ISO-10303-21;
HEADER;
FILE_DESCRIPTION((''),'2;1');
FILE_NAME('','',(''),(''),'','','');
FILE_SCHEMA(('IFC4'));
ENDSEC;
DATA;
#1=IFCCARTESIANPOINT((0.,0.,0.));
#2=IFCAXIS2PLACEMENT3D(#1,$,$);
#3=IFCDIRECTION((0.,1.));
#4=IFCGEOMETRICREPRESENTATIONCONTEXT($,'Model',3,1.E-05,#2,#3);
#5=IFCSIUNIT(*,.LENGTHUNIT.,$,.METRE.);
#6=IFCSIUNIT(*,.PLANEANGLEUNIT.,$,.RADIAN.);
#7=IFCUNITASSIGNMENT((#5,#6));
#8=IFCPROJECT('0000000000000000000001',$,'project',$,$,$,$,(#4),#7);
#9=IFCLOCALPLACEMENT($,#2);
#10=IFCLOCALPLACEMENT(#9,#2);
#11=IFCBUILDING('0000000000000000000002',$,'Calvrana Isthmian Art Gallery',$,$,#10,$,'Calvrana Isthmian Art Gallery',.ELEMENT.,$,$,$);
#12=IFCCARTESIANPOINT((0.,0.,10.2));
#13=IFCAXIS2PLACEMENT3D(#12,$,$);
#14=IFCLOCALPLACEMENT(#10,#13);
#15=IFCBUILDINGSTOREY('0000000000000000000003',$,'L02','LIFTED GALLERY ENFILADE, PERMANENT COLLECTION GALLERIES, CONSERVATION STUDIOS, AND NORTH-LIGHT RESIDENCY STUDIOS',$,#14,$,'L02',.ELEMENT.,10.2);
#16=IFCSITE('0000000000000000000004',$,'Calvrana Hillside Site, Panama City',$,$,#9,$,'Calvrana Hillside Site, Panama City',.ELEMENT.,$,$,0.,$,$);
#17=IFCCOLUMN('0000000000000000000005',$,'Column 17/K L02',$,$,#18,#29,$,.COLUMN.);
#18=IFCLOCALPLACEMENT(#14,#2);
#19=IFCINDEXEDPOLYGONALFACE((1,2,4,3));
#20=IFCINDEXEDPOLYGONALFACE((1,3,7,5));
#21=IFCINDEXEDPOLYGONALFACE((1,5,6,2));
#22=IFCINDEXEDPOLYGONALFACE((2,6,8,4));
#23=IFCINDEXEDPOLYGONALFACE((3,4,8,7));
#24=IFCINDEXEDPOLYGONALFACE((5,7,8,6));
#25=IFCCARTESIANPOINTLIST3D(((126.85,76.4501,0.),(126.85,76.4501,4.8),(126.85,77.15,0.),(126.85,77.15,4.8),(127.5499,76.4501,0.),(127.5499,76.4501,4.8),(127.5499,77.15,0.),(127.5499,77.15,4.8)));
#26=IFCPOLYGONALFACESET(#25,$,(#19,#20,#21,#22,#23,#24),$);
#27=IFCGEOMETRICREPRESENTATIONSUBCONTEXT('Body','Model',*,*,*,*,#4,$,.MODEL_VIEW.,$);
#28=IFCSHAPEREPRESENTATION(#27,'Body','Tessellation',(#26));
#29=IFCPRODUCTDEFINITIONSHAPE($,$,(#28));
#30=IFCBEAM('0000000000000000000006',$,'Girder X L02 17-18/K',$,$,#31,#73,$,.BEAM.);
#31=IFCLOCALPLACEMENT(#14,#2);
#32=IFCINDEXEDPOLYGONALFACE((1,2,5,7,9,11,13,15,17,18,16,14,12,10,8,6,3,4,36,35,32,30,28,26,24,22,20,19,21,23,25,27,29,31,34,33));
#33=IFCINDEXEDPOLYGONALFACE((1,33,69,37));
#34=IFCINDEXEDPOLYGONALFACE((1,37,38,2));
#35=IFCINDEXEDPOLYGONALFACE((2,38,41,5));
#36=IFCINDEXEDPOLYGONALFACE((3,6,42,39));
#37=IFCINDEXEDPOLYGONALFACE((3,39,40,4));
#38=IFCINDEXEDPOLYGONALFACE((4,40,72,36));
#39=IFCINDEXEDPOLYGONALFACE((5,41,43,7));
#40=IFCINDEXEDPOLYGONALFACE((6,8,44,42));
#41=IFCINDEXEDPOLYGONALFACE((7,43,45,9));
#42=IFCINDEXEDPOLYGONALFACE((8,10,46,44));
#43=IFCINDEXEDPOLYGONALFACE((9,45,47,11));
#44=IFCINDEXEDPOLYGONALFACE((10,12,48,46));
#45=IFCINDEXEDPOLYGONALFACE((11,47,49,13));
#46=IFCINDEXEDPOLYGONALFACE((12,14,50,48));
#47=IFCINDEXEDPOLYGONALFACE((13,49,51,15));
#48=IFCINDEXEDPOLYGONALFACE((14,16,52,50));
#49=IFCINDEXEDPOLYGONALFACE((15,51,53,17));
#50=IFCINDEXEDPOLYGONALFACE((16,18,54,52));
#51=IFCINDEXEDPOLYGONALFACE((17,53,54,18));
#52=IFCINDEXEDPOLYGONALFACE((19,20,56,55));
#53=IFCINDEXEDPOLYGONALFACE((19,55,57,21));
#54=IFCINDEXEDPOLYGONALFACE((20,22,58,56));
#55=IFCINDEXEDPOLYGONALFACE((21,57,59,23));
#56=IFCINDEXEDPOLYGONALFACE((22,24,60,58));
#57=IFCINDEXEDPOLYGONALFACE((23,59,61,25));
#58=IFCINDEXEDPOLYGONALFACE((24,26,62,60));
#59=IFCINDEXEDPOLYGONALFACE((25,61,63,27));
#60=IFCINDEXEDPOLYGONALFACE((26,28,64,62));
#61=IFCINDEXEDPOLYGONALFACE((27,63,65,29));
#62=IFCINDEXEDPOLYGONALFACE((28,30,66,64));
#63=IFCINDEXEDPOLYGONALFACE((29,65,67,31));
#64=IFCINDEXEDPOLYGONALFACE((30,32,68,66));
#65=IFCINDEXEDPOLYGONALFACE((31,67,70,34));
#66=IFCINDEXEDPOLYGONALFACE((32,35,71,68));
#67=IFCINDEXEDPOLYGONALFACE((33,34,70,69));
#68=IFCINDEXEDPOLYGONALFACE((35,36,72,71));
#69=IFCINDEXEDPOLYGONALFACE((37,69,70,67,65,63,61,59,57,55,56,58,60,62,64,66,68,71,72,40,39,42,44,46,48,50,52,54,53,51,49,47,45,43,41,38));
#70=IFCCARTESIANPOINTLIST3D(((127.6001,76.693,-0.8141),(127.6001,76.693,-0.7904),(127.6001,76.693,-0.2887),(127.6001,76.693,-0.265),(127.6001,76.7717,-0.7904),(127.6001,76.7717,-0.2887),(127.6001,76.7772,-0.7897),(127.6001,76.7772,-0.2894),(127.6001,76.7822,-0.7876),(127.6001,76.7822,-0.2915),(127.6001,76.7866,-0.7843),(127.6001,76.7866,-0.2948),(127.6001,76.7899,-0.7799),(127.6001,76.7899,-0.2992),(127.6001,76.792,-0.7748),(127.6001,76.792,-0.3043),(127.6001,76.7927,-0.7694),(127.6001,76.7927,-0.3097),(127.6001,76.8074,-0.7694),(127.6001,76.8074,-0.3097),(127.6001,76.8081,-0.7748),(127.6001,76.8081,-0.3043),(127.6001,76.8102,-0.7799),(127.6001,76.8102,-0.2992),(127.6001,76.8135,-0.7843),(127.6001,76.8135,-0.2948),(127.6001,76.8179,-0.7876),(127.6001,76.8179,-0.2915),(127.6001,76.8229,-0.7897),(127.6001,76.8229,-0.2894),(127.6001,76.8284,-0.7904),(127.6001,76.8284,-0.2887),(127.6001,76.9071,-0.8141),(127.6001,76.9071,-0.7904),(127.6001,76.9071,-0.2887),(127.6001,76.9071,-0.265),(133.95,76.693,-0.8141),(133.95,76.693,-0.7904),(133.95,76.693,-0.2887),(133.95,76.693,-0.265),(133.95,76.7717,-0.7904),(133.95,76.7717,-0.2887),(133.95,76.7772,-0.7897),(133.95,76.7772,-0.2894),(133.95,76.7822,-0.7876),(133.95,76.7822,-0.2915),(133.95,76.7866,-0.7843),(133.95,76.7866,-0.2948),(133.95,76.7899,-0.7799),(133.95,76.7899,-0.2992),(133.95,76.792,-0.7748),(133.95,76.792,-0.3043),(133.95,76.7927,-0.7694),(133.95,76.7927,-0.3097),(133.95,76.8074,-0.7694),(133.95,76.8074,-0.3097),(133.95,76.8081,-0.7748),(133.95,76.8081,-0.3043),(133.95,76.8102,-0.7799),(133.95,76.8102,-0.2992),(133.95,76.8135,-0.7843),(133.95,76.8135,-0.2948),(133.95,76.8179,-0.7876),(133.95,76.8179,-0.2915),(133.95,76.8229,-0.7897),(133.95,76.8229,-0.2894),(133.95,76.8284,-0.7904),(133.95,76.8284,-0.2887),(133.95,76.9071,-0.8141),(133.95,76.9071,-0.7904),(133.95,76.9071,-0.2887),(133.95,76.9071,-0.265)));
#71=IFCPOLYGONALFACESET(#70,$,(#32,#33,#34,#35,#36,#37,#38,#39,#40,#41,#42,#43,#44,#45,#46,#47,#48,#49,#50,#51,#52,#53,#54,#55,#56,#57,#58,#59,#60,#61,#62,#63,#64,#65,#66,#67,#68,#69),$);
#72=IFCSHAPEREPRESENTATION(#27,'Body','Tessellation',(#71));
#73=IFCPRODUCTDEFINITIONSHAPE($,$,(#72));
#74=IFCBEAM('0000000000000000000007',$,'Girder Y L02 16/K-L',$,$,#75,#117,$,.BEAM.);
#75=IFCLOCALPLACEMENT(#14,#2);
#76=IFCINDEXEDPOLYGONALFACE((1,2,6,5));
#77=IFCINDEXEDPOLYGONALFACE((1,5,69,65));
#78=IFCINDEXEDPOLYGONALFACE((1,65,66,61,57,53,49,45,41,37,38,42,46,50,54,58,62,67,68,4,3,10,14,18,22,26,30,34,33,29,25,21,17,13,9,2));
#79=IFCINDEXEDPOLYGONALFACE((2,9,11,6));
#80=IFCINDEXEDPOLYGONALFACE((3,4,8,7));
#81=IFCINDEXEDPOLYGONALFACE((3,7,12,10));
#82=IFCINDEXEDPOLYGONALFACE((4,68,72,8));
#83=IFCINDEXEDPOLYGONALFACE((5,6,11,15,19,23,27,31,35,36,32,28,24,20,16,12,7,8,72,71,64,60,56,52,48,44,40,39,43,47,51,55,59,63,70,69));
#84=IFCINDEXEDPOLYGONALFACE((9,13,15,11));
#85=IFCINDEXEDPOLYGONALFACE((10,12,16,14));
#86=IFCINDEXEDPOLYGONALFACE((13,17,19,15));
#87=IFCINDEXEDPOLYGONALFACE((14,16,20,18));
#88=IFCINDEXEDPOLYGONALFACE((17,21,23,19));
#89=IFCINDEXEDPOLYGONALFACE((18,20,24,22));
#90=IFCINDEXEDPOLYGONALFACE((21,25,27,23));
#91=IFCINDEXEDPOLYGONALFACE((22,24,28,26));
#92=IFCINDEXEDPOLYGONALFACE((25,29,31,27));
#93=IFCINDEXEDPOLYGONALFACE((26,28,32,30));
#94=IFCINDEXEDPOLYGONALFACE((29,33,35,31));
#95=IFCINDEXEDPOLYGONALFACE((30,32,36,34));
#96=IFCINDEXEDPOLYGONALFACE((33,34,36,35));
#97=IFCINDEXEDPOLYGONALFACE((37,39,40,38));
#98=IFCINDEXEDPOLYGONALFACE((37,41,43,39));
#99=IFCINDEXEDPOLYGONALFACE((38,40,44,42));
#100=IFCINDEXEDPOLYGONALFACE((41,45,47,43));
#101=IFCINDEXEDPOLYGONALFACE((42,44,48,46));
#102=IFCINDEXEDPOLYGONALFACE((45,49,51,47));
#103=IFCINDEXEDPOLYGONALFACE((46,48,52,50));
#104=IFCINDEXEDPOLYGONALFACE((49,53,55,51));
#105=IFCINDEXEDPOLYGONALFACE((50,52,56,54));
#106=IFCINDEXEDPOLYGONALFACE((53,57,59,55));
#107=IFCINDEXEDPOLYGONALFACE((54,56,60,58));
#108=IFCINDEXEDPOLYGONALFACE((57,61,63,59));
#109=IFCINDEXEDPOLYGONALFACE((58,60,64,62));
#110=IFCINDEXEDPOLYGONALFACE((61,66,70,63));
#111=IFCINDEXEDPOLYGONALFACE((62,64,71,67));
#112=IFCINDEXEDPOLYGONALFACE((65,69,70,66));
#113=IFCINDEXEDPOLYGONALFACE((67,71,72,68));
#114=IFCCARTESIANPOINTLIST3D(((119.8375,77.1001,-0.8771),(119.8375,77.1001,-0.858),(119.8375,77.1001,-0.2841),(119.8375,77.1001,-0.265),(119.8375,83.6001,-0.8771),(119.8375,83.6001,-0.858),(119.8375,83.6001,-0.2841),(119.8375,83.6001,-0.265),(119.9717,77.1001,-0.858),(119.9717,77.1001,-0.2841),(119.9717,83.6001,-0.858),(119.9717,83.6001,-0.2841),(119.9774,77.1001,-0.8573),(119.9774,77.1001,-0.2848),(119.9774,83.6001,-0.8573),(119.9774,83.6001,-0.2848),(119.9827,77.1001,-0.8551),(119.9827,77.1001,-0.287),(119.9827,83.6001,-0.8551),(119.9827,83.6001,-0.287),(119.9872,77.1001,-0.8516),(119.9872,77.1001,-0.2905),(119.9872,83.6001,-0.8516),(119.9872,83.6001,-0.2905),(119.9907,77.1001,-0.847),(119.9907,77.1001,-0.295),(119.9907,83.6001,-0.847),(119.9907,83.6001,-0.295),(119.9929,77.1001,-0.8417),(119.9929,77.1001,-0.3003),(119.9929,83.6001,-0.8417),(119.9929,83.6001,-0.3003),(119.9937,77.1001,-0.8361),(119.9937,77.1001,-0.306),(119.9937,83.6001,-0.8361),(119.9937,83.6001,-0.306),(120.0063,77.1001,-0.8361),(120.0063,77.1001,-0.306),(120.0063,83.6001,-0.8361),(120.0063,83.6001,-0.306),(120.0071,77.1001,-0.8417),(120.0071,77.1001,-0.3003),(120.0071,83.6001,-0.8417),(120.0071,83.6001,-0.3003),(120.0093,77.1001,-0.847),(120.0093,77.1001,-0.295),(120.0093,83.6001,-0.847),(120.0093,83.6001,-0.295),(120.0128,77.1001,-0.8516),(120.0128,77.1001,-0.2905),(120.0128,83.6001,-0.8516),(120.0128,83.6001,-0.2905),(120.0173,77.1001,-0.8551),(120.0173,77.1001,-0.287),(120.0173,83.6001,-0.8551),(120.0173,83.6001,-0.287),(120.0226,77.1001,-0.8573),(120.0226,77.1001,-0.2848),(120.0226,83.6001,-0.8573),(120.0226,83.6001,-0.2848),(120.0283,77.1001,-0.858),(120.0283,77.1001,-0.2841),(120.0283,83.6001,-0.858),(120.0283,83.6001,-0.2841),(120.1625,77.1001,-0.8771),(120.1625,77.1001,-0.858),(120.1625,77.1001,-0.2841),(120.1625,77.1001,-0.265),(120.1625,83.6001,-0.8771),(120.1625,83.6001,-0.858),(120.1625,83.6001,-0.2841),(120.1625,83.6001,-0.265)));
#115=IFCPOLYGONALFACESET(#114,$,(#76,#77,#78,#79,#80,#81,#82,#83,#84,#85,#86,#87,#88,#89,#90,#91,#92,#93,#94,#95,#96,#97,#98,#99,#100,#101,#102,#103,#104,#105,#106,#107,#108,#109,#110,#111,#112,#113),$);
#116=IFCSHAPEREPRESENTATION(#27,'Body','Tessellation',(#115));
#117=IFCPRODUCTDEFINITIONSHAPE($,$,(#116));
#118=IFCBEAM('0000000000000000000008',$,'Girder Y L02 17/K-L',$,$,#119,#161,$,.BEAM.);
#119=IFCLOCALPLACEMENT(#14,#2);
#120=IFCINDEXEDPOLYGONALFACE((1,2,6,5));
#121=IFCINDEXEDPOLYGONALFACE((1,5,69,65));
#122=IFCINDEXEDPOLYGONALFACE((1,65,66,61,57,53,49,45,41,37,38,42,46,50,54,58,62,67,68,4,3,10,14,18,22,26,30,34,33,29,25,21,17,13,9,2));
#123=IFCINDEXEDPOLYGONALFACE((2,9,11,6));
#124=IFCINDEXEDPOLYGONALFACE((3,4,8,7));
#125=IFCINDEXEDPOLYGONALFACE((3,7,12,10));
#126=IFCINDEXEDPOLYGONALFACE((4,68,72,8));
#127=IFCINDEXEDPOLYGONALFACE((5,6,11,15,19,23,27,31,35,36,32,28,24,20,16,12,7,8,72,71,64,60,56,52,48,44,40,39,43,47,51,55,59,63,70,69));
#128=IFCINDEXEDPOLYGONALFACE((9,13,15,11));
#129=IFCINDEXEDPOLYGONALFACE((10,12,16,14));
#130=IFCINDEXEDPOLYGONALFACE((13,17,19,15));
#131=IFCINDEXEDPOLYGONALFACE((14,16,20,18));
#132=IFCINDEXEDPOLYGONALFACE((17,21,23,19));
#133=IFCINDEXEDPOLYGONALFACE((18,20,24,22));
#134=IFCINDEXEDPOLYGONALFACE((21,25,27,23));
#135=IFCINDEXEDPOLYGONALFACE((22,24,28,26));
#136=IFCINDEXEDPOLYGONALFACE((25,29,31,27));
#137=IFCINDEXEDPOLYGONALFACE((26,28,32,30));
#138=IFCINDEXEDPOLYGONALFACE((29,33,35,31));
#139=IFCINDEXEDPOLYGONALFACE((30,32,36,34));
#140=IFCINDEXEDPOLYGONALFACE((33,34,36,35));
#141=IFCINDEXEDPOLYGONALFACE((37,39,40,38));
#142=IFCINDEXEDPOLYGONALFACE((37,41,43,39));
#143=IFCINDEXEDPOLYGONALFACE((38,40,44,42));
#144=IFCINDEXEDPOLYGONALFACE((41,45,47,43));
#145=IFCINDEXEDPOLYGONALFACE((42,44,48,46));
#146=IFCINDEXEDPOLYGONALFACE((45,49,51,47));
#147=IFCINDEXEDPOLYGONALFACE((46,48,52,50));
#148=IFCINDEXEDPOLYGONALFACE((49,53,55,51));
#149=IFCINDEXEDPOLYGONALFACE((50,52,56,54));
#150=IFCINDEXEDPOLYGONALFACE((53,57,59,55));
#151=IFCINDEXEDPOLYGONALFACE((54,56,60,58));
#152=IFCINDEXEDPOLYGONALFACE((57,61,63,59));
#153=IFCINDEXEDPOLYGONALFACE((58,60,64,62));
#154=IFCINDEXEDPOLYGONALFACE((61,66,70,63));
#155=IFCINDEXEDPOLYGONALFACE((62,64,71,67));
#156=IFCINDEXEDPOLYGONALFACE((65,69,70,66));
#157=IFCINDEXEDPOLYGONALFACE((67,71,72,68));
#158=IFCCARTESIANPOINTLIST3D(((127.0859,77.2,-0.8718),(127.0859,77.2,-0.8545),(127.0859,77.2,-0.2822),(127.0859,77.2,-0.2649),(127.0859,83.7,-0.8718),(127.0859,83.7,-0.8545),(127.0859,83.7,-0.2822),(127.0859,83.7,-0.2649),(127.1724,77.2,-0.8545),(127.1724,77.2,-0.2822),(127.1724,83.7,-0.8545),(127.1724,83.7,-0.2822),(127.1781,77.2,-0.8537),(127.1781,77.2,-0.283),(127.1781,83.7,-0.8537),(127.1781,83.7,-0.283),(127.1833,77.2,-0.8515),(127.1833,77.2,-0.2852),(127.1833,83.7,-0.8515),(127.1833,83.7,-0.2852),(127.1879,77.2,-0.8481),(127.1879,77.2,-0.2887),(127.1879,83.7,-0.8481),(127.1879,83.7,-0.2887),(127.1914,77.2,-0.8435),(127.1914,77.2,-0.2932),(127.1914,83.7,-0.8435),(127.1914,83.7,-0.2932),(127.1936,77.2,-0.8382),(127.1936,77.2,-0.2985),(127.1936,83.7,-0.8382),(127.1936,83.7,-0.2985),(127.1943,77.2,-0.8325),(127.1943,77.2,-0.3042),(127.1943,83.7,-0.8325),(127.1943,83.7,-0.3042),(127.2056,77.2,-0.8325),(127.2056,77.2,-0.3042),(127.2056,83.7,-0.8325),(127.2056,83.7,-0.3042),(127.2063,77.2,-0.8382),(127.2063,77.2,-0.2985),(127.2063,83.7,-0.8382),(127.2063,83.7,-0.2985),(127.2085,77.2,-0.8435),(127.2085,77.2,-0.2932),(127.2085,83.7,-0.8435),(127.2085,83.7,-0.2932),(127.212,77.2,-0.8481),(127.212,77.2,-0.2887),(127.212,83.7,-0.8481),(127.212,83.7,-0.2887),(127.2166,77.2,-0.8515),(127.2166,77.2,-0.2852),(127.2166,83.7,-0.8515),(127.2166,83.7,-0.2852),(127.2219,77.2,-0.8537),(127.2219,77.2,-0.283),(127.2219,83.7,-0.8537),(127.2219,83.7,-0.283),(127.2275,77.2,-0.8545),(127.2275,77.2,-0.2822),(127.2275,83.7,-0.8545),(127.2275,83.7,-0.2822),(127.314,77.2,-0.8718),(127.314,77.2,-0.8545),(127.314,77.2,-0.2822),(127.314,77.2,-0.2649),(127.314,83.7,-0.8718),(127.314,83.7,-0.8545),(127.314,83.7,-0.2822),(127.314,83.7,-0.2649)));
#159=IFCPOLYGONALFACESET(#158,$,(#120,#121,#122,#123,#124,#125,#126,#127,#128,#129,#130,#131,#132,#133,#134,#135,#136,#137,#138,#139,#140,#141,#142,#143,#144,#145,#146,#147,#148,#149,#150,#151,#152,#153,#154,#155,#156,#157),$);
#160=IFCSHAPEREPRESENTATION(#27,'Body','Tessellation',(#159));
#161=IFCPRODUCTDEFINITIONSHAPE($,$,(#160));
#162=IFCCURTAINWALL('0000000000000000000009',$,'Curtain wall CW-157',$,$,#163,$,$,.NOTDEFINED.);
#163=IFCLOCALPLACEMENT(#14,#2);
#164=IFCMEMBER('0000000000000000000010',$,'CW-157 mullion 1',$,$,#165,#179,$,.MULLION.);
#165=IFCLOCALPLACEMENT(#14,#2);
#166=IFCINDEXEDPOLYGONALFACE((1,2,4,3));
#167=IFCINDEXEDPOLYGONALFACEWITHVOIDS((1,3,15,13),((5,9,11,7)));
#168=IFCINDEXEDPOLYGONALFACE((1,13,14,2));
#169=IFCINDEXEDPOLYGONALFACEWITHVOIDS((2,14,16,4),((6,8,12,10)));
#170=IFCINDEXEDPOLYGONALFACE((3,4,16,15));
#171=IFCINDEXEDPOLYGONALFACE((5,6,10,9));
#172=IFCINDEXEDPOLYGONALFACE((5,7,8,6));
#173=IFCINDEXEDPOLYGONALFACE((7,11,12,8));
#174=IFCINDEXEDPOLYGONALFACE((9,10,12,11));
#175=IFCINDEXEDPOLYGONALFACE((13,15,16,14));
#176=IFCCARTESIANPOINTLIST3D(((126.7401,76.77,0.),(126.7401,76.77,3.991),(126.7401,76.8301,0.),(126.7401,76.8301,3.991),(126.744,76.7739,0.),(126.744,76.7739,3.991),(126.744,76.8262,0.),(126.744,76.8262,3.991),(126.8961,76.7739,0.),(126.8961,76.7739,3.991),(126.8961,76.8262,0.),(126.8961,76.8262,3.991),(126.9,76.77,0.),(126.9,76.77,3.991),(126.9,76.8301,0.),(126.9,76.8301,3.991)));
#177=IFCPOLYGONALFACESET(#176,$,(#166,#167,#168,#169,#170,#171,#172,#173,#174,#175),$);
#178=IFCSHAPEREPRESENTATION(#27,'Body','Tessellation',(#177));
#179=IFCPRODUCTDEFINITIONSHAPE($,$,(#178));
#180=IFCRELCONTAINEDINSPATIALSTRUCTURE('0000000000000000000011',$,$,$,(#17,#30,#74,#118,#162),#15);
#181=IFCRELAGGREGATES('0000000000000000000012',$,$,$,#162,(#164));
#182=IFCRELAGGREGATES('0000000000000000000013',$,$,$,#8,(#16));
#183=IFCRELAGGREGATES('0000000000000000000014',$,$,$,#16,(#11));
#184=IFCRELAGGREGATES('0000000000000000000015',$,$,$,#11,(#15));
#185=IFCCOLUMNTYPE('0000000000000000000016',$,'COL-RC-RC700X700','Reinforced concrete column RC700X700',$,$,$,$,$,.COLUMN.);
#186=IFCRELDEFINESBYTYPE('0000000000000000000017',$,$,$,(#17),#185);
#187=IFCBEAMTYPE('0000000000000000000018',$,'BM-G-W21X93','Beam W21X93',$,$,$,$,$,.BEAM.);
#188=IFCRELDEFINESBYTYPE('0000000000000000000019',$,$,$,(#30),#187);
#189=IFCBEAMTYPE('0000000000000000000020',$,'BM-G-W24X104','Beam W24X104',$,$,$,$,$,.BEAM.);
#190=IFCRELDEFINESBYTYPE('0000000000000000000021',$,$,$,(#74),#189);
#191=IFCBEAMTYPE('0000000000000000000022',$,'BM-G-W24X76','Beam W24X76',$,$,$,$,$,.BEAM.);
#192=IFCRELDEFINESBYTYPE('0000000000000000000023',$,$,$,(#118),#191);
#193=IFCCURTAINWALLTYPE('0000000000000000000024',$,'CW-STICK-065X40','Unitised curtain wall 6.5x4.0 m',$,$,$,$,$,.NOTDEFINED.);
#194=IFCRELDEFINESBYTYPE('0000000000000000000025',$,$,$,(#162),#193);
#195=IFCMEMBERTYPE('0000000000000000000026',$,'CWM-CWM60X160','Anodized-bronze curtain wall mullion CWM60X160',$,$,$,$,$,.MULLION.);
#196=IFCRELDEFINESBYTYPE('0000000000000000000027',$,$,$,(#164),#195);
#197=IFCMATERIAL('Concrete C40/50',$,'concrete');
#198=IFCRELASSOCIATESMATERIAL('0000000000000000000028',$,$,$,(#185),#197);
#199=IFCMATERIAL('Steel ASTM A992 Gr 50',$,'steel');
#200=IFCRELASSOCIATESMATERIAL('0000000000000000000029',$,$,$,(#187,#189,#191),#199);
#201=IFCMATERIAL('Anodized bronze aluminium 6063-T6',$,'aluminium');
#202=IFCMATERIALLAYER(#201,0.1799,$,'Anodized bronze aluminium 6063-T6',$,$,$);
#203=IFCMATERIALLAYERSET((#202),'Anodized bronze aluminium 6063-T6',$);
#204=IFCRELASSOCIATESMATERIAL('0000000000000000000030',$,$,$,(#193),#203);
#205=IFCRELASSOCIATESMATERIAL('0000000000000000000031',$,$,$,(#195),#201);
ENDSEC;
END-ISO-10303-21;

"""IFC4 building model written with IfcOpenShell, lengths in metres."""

from ifc_helpers import new_model, si_unit, direction, frame, origin, origin_2d, place, context, subcontext, project, spatial, rectangle, hollow_rectangle, i_section, extrude, material, layer, layer_set, material_profile, profile_set, type_object, element, aggregate, save


model = new_model("IFC4")

# Units and contexts
model_context = context("Model", 3, precision=1e-05, world=origin(), true_north=direction((0.0, 1.0)))
body_context = subcontext(model_context, "Body", "Model", "MODEL_VIEW")
ifc_project = project(units=[si_unit("LENGTHUNIT", "METRE"), si_unit("PLANEANGLEUNIT", "RADIAN")], contexts=[model_context])

# Site, building, storey
site_placement = place(None, origin())
site = spatial("IfcSite", under=ifc_project, at=site_placement, Name="Calvrana Hillside Site, Panama City", LongName="Calvrana Hillside Site, Panama City", CompositionType="ELEMENT", RefElevation=0.0)
building_placement = place(site_placement, origin())
building = spatial("IfcBuilding", under=site, at=building_placement, Name="Calvrana Isthmian Art Gallery", LongName="Calvrana Isthmian Art Gallery", CompositionType="ELEMENT")
storey_placement = place(building_placement, frame((0.0, 0.0, 10.2)))
storey = spatial("IfcBuildingStorey", under=building, at=storey_placement, Name="L02", Description="LIFTED GALLERY ENFILADE, PERMANENT COLLECTION GALLERIES, CONSERVATION STUDIOS, AND NORTH-LIGHT RESIDENCY STUDIOS", LongName="L02", CompositionType="ELEMENT", Elevation=10.2)

# Column
ifc_material_1 = material(Name="Concrete C40/50", Category="concrete")
ifc_material_profile_1 = material_profile(ifc_material_1, rectangle(XDim=0.7, YDim=0.7, at=origin_2d()), Name="RC700X700")
ifc_profile_set_1 = profile_set([ifc_material_profile_1], Name="Concrete C40/50")
column_type = type_object("IfcColumnType", Name="COL-RC-RC700X700", Description="Reinforced concrete column RC700X700", PredefinedType="COLUMN", material=ifc_profile_set_1)
column_placement = place(storey_placement, frame((127.2, 76.8, 0.0), z_axis=(0.0, 0.0, 1.0), x_axis=(1.0, 0.0, 0.0)))
element("IfcColumn", 1, at=column_placement, inside=storey, type_object=column_type, Name="Column 17/K L02", PredefinedType="COLUMN", context=body_context, shape_type="SweptSolid", body=[
    extrude(rectangle(XDim=0.7, YDim=0.7, at=origin_2d()), origin(), (0.0, 0.0, 1.0), 4.8),
])

# Beams
ifc_material_2 = material(Name="Steel ASTM A992 Gr 50", Category="steel")
ifc_material_profile_2 = material_profile(ifc_material_2, i_section(OverallWidth=0.2141, OverallDepth=0.5491, WebThickness=0.0146, FlangeThickness=0.0237, FilletRadius=0.021, at=origin_2d()), Name="W21X93")
ifc_profile_set_2 = profile_set([ifc_material_profile_2], Name="Steel ASTM A992 Gr 50")
beam_type_1 = type_object("IfcBeamType", Name="BM-G-W21X93", Description="Beam W21X93", PredefinedType="BEAM", material=ifc_profile_set_2)
beam_1_placement = place(storey_placement, frame((127.6001, 76.8, -0.5396), z_axis=(1.0, 0.0, 0.0), x_axis=(0.0, 1.0, 0.0)))
element("IfcBeam", 2, at=beam_1_placement, inside=storey, type_object=beam_type_1, Name="Girder X L02 17-18/K", PredefinedType="BEAM", context=body_context, shape_type="SweptSolid", body=[
    extrude(i_section(OverallWidth=0.2141, OverallDepth=0.5491, WebThickness=0.0146, FlangeThickness=0.0237, FilletRadius=0.021, at=origin_2d()), origin(), (0.0, 0.0, 1.0), 6.3499),
])
ifc_material_profile_3 = material_profile(ifc_material_2, i_section(OverallWidth=0.325, OverallDepth=0.6121, WebThickness=0.0127, FlangeThickness=0.019, FilletRadius=0.022, at=origin_2d()), Name="W24X104")
ifc_profile_set_3 = profile_set([ifc_material_profile_3], Name="Steel ASTM A992 Gr 50")
beam_type_2 = type_object("IfcBeamType", Name="BM-G-W24X104", Description="Beam W24X104", PredefinedType="BEAM", material=ifc_profile_set_3)
beam_2_placement = place(storey_placement, frame((120.0, 77.1001, -0.571), z_axis=(0.0, 1.0, 0.0), x_axis=(-1.0, 0.0, 0.0)))
element("IfcBeam", 3, at=beam_2_placement, inside=storey, type_object=beam_type_2, Name="Girder Y L02 16/K-L", PredefinedType="BEAM", context=body_context, shape_type="SweptSolid", body=[
    extrude(i_section(OverallWidth=0.325, OverallDepth=0.6121, WebThickness=0.0127, FlangeThickness=0.019, FilletRadius=0.022, at=origin_2d()), origin(), (0.0, 0.0, 1.0), 6.5),
])
ifc_material_profile_4 = material_profile(ifc_material_2, i_section(OverallWidth=0.228, OverallDepth=0.6069, WebThickness=0.0112, FlangeThickness=0.0173, FilletRadius=0.022, at=origin_2d()), Name="W24X76")
ifc_profile_set_4 = profile_set([ifc_material_profile_4], Name="Steel ASTM A992 Gr 50")
beam_type_3 = type_object("IfcBeamType", Name="BM-G-W24X76", Description="Beam W24X76", PredefinedType="BEAM", material=ifc_profile_set_4)
beam_3_placement = place(storey_placement, frame((127.2, 77.2, -0.5684), z_axis=(0.0, 1.0, 0.0), x_axis=(-1.0, 0.0, 0.0)))
element("IfcBeam", 4, at=beam_3_placement, inside=storey, type_object=beam_type_3, Name="Girder Y L02 17/K-L", PredefinedType="BEAM", context=body_context, shape_type="SweptSolid", body=[
    extrude(i_section(OverallWidth=0.228, OverallDepth=0.6069, WebThickness=0.0112, FlangeThickness=0.0173, FilletRadius=0.022, at=origin_2d()), origin(), (0.0, 0.0, 1.0), 6.5),
])

# Curtain wall, member
ifc_material_3 = material(Name="Anodized bronze aluminium 6063-T6", Category="aluminium")
ifc_layer_1 = layer(ifc_material_3, 0.1799, Name="Anodized bronze aluminium 6063-T6")
ifc_layer_set_1 = layer_set([ifc_layer_1], Name="Anodized bronze aluminium 6063-T6")
curtain_wall_type = type_object("IfcCurtainWallType", Name="CW-STICK-065X40", Description="Unitised curtain wall 6.5x4.0 m", PredefinedType="NOTDEFINED", material=ifc_layer_set_1)
curtain_wall_placement = place(storey_placement, origin())
curtain_wall = element("IfcCurtainWall", 5, at=curtain_wall_placement, inside=storey, type_object=curtain_wall_type, Name="Curtain wall CW-157", PredefinedType="NOTDEFINED")
ifc_material_profile_5 = material_profile(ifc_material_3, hollow_rectangle(XDim=0.0601, YDim=0.1599, WallThickness=0.0039, at=origin_2d()), Name="CWM60X160")
ifc_profile_set_5 = profile_set([ifc_material_profile_5], Name="Anodized bronze aluminium 6063-T6")
member_type_1 = type_object("IfcMemberType", Name="CWM-CWM60X160", Description="Anodized-bronze curtain wall mullion CWM60X160", PredefinedType="MULLION", material=ifc_profile_set_5)
member_1_placement = place(storey_placement, frame((126.8201, 76.8, 0.0), z_axis=(0.0, 0.0, 1.0), x_axis=(0.0, -1.0, 0.0)))
member_1 = element("IfcMember", 6, at=member_1_placement, type_object=member_type_1, Name="CW-157 mullion 1", PredefinedType="MULLION", context=body_context, shape_type="SweptSolid", body=[
    extrude(hollow_rectangle(XDim=0.0601, YDim=0.1599, WallThickness=0.0039, at=origin_2d()), origin(), (0.0, 0.0, 1.0), 3.991),
])
aggregate(curtain_wall, [member_1])

save(model, "model.ifc")
